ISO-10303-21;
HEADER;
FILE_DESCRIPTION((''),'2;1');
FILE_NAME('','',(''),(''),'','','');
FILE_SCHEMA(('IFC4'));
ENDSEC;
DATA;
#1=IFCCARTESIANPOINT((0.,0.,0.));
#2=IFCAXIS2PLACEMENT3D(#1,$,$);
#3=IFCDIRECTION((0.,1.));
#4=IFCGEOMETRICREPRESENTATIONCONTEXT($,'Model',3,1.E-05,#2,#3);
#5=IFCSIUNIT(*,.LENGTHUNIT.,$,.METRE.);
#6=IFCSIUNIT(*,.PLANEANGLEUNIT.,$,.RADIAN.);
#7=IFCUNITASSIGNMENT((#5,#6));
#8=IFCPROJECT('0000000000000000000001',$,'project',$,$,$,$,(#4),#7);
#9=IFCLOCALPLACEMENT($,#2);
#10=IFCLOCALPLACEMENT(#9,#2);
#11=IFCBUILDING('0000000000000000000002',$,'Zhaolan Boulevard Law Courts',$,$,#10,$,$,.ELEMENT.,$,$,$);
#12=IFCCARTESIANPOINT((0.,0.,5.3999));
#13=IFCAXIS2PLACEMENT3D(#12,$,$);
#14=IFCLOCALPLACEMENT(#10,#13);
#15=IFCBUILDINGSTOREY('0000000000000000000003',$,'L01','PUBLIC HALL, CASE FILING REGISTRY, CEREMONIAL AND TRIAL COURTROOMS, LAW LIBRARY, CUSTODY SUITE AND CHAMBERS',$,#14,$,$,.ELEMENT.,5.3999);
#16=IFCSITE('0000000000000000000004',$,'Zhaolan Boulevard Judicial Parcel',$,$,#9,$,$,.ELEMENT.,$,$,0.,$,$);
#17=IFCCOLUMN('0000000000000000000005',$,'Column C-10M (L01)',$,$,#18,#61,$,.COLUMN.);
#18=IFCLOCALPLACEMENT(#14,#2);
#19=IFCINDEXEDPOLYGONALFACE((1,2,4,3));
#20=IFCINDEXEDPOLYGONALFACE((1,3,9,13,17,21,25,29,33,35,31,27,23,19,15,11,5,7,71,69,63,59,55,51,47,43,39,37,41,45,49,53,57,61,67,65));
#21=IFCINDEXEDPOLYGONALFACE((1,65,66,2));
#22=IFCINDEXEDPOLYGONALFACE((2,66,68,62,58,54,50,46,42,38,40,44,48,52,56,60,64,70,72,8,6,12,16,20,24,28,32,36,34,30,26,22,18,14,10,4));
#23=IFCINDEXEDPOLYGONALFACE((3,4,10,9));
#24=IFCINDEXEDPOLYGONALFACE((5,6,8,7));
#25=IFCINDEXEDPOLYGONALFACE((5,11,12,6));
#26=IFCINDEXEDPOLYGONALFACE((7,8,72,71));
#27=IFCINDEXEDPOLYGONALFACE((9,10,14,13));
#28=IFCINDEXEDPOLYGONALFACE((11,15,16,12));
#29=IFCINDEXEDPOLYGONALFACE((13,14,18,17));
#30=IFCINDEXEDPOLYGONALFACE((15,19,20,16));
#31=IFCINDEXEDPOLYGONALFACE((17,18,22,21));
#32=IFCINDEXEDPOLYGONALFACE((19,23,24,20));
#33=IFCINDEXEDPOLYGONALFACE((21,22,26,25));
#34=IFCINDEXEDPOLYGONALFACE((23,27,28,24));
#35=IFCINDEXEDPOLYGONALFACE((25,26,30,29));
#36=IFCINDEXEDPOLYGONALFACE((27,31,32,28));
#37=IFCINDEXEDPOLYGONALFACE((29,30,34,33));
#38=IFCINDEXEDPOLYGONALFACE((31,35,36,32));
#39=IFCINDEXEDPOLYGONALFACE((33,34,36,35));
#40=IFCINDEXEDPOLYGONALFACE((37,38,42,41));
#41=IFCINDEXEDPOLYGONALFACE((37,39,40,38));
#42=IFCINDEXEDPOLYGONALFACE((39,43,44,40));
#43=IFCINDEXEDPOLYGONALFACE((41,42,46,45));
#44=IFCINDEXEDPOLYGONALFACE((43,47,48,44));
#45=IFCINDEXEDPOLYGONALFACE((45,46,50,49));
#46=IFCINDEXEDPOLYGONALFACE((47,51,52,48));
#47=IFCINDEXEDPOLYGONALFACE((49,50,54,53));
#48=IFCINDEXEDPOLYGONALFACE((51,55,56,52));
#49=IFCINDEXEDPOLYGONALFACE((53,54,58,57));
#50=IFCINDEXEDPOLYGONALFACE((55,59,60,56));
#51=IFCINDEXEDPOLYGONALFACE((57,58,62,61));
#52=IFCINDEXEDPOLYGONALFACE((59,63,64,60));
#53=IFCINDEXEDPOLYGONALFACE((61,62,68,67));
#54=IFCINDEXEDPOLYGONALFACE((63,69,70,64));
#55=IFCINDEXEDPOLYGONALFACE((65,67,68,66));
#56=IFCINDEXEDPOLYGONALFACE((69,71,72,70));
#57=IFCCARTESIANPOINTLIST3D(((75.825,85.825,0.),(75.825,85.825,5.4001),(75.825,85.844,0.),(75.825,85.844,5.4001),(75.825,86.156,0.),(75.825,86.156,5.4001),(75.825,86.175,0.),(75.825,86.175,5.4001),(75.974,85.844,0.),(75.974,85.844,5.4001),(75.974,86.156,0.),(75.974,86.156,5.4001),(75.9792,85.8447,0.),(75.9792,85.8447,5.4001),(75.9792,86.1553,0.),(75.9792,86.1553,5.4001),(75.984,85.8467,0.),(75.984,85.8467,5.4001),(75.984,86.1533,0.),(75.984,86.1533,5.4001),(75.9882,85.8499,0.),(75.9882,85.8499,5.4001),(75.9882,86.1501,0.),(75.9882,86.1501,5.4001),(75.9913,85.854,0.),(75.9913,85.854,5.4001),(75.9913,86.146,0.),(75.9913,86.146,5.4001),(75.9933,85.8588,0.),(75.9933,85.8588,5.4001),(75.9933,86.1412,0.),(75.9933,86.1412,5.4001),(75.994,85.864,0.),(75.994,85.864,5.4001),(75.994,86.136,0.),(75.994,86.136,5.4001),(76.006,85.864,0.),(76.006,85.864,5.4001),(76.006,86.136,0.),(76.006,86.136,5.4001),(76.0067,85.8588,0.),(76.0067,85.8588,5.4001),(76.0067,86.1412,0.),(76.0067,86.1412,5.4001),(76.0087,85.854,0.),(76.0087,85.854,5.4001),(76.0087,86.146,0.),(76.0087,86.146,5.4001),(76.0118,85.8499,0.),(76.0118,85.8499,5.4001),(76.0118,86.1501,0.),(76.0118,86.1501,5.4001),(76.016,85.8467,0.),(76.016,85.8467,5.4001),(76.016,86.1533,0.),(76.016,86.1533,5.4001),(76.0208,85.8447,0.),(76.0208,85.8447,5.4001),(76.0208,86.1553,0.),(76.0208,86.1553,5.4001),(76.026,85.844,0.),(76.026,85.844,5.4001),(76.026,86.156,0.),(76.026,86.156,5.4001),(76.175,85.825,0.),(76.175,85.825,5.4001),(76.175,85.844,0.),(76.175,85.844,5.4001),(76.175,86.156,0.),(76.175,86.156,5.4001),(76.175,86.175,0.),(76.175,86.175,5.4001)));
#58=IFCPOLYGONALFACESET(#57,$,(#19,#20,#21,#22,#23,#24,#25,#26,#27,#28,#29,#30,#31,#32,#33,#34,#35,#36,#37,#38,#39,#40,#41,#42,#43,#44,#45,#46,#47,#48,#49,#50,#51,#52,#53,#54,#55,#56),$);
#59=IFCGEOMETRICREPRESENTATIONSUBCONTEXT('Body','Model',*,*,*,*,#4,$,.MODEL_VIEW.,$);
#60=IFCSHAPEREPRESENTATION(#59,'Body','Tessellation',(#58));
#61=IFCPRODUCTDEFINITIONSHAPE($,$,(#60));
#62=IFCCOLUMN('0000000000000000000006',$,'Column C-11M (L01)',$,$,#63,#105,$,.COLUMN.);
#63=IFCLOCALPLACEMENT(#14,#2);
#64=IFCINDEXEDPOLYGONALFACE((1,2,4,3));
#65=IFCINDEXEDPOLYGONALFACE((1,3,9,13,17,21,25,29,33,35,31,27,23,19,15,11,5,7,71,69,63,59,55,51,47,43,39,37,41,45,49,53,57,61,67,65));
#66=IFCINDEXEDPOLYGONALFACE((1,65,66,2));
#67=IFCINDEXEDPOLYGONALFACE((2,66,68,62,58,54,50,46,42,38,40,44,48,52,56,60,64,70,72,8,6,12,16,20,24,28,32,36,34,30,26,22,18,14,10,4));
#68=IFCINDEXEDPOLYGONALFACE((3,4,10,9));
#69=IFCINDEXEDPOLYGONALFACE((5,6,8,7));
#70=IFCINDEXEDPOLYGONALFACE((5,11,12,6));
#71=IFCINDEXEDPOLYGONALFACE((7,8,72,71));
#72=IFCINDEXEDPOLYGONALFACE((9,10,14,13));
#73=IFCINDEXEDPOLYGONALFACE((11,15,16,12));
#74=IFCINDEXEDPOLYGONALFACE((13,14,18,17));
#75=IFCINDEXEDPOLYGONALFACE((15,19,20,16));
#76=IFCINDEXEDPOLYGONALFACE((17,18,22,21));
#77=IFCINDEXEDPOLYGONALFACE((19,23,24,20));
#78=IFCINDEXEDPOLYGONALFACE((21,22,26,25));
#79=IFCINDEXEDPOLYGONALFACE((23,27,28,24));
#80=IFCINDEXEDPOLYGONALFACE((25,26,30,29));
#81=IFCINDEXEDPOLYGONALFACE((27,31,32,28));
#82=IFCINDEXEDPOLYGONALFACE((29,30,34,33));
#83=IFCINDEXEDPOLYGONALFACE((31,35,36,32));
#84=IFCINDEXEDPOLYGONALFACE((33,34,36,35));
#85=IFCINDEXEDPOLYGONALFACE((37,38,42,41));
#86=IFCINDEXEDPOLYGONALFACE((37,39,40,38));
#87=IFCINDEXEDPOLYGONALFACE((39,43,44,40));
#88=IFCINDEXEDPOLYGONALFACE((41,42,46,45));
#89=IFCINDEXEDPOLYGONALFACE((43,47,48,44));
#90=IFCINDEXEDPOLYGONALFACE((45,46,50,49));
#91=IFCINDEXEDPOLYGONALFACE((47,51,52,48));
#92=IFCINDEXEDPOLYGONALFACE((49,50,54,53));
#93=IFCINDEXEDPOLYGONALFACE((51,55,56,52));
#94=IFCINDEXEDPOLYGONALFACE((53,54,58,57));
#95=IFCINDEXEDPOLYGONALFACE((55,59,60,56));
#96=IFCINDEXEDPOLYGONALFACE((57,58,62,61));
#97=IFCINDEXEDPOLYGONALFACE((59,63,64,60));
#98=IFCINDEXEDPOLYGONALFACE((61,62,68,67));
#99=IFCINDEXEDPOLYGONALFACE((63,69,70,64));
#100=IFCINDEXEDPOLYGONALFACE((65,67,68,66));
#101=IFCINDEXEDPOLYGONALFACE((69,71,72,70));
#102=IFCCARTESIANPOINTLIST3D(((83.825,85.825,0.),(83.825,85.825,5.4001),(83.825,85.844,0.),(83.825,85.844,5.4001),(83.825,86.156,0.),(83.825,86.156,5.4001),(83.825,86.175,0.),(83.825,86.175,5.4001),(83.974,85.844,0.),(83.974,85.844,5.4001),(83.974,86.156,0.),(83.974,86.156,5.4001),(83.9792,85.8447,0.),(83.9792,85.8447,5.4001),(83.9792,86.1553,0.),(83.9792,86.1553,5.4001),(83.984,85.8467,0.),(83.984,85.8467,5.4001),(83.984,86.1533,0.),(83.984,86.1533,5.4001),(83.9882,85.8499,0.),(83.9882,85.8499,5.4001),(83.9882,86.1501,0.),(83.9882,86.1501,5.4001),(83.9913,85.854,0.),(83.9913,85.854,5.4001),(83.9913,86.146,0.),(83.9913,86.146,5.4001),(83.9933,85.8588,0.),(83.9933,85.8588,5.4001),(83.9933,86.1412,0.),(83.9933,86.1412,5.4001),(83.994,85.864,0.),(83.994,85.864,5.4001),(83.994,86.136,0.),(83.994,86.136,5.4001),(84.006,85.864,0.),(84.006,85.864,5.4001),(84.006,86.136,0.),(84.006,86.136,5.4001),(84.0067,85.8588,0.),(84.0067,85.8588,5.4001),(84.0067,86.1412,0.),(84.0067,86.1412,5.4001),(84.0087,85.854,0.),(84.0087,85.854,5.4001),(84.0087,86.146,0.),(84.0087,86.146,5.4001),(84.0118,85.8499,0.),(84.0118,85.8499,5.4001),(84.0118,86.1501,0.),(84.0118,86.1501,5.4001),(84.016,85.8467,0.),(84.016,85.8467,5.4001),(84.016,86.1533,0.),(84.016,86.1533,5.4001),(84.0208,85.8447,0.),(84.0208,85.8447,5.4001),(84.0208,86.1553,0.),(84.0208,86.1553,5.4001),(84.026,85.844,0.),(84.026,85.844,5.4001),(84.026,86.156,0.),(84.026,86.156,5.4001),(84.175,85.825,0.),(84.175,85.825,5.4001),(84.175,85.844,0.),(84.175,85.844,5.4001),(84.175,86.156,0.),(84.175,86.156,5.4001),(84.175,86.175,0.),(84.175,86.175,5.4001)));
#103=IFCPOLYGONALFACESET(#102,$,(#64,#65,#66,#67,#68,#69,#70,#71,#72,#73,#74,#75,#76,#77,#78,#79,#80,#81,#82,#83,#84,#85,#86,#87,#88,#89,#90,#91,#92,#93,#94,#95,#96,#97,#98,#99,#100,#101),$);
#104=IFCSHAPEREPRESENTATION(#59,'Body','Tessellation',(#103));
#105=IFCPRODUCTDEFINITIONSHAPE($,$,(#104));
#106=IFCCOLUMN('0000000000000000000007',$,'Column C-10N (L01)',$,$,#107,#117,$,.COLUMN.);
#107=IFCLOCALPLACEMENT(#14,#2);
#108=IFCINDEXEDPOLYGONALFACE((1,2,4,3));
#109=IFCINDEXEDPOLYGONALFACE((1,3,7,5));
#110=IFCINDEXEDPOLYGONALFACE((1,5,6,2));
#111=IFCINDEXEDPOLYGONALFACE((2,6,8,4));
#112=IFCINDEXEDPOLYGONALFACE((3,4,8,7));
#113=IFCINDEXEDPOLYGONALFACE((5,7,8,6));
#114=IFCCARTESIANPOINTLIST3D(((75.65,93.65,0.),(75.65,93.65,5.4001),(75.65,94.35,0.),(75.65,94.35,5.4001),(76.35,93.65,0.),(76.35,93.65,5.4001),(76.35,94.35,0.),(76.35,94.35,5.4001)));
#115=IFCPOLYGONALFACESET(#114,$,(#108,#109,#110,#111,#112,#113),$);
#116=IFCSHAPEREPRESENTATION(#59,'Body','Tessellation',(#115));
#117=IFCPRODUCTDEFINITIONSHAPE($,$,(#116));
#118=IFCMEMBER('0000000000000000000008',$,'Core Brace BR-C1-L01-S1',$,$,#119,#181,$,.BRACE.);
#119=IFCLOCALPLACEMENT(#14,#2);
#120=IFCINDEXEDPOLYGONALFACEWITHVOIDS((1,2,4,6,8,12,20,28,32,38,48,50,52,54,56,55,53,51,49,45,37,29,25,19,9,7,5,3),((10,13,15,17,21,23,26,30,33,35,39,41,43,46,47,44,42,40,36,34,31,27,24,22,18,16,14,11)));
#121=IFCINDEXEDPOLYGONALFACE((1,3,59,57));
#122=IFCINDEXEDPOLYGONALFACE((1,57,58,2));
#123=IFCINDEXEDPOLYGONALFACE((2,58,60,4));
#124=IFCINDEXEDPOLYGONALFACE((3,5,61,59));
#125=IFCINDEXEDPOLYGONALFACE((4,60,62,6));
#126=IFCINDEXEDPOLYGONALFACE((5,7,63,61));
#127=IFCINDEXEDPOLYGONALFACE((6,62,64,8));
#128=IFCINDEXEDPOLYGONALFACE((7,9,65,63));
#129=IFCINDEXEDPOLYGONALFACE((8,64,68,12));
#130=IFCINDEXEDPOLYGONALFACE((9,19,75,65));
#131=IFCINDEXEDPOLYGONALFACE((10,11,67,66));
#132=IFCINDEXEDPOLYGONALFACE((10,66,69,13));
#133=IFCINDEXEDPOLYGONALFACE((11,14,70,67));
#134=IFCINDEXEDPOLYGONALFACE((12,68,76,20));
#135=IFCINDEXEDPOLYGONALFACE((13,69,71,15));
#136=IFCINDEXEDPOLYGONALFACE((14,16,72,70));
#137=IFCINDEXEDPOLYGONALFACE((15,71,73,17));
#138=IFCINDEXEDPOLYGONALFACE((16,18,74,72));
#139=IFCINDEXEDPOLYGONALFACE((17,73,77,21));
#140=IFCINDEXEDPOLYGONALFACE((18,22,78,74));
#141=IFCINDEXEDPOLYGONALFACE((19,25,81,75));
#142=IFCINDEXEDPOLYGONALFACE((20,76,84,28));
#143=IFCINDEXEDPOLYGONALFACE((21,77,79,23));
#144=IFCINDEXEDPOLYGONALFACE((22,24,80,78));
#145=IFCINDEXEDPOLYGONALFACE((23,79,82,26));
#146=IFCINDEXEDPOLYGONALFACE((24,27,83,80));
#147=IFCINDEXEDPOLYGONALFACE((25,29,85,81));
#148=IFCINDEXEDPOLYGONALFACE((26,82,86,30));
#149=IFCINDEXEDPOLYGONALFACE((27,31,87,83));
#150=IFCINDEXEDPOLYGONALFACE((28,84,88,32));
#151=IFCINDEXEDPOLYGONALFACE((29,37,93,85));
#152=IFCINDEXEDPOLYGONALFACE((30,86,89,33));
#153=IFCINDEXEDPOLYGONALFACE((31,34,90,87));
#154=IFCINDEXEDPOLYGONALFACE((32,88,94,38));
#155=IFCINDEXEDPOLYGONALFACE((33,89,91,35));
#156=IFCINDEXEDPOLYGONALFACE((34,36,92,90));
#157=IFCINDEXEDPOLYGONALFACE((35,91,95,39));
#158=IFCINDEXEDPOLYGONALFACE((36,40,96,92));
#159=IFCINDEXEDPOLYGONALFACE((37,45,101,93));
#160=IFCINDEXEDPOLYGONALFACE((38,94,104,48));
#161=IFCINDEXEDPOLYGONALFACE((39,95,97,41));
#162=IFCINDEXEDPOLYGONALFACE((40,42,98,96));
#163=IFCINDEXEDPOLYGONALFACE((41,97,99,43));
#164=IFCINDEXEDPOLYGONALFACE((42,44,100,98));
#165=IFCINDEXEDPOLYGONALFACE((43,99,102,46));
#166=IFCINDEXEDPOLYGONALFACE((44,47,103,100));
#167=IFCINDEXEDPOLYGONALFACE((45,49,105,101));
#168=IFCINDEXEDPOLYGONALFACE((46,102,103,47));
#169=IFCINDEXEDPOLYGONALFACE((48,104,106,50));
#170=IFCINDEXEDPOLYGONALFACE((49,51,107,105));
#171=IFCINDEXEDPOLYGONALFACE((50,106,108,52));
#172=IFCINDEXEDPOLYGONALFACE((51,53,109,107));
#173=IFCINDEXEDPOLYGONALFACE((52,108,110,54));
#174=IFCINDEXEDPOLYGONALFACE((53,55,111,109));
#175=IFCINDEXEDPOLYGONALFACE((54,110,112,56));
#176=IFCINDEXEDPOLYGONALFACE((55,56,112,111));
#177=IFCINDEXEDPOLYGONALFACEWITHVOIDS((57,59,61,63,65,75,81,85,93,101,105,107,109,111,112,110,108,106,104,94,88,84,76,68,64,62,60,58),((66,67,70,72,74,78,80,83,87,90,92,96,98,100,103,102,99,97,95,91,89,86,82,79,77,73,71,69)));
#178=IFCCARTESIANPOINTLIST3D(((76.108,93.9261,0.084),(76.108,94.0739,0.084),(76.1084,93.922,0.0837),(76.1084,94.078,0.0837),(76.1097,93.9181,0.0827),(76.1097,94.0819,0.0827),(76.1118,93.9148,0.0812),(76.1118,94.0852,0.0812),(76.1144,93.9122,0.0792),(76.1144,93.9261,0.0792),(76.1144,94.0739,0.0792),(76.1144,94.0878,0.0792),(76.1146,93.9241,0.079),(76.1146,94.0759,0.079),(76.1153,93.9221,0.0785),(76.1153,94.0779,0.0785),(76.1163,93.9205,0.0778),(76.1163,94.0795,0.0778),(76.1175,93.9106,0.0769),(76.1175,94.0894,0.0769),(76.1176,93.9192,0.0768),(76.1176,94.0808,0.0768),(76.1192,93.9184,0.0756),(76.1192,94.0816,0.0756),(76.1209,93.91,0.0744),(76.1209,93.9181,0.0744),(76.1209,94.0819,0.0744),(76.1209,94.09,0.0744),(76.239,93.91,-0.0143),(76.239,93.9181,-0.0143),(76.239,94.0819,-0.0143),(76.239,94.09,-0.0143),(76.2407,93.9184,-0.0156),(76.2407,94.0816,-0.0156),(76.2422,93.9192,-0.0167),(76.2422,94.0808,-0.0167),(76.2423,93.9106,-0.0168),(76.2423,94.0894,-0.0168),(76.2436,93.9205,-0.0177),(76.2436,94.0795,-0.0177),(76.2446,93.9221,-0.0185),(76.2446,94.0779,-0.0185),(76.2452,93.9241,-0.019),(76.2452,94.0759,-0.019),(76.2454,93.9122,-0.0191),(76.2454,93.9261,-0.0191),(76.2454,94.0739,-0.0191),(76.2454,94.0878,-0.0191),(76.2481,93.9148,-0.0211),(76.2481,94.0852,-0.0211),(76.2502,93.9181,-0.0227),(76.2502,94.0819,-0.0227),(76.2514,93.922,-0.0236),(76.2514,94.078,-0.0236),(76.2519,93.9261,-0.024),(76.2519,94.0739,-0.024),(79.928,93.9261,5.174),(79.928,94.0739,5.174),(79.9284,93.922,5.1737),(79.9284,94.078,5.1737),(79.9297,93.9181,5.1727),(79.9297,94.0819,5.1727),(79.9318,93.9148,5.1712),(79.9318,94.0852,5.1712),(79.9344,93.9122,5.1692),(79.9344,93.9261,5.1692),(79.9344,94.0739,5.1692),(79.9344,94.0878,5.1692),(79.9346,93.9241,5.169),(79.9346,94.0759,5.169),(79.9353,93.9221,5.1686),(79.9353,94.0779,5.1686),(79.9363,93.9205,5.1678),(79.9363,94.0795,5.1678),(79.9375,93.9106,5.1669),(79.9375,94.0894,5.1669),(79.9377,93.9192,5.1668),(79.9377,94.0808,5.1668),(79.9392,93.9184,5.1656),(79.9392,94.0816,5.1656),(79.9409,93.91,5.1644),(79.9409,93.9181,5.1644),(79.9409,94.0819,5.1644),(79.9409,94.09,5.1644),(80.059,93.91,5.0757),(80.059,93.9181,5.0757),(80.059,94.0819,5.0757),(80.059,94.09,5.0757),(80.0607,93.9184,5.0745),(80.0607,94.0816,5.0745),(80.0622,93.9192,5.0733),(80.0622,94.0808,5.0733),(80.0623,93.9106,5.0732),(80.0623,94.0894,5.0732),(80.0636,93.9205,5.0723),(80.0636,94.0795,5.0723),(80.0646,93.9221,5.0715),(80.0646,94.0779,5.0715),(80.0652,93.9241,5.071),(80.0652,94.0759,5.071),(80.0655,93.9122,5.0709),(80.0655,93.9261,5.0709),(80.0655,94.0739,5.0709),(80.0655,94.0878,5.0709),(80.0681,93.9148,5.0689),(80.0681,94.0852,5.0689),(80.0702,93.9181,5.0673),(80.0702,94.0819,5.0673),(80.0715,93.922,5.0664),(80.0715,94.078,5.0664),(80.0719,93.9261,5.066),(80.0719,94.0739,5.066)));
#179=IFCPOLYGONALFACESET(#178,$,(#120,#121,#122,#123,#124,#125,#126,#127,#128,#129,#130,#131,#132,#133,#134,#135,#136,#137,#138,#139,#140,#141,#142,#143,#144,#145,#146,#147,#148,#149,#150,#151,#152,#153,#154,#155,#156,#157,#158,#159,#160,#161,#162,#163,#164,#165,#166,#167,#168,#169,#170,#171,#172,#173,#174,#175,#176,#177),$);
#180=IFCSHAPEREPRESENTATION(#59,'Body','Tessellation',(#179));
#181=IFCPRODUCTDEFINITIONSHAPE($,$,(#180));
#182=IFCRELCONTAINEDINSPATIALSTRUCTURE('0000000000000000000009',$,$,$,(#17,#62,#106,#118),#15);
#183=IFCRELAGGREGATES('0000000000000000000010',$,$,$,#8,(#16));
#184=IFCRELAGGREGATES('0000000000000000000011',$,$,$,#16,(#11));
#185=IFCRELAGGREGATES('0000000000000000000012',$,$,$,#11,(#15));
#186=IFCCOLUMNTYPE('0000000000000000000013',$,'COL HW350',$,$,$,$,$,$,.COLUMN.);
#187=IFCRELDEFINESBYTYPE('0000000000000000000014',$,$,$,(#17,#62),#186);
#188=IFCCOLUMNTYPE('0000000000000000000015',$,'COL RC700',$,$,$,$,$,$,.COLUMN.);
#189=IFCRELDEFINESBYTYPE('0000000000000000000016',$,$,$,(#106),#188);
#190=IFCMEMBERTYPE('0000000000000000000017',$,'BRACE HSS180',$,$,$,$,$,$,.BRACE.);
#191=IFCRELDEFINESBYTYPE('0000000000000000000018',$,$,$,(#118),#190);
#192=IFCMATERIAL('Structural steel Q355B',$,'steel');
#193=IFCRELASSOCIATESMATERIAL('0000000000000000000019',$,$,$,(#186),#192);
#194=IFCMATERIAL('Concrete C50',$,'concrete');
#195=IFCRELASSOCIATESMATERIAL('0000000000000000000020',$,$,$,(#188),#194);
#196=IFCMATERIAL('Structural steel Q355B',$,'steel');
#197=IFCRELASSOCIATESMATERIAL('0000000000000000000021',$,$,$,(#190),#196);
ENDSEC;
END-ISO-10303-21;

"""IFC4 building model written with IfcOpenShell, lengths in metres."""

from ifc_helpers import new_model, si_unit, direction, frame, origin, origin_2d, place, context, subcontext, project, spatial, rectangle, hollow_rectangle, i_section, extrude, material, material_profile, profile_set, type_object, element, save


model = new_model("IFC4")

# Units and contexts
model_context = context("Model", 3, precision=1e-05, world=origin(), true_north=direction((0.0, 1.0)))
body_context = subcontext(model_context, "Body", "Model", "MODEL_VIEW")
ifc_project = project(units=[si_unit("LENGTHUNIT", "METRE"), si_unit("PLANEANGLEUNIT", "RADIAN")], contexts=[model_context])

# Site, building, storey
site_placement = place(None, origin())
site = spatial("IfcSite", under=ifc_project, at=site_placement, Name="Zhaolan Boulevard Judicial Parcel", CompositionType="ELEMENT", RefElevation=0.0)
building_placement = place(site_placement, origin())
building = spatial("IfcBuilding", under=site, at=building_placement, Name="Zhaolan Boulevard Law Courts", CompositionType="ELEMENT")
storey_placement = place(building_placement, frame((0.0, 0.0, 5.3999)))
storey = spatial("IfcBuildingStorey", under=building, at=storey_placement, Name="L01", Description="PUBLIC HALL, CASE FILING REGISTRY, CEREMONIAL AND TRIAL COURTROOMS, LAW LIBRARY, CUSTODY SUITE AND CHAMBERS", CompositionType="ELEMENT", Elevation=5.3999)

# Columns
ifc_material_1 = material(Name="Structural steel Q355B", Category="steel")
ifc_material_profile_1 = material_profile(ifc_material_1, i_section(OverallWidth=0.3501, OverallDepth=0.3501, WebThickness=0.012, FlangeThickness=0.019, FilletRadius=0.02, at=origin_2d()), Name="HW350x350")
ifc_profile_set_1 = profile_set([ifc_material_profile_1], Name="Structural steel Q355B")
column_type_1 = type_object("IfcColumnType", Name="COL HW350", PredefinedType="COLUMN", material=ifc_profile_set_1)
for number, where, z_axis, x_axis, name in (
    (1, (76.0, 86.0, 0.0), (0.0, 0.0, 1.0), (1.0, 0.0, 0.0), "Column C-10M (L01)"),
    (2, (84.0, 86.0, 0.0), (0.0, 0.0, 1.0), (1.0, 0.0, 0.0), "Column C-11M (L01)"),
):
    element("IfcColumn", number, at=place(storey_placement, frame(where, z_axis=z_axis, x_axis=x_axis)), inside=storey, type_object=column_type_1, Name=name, PredefinedType="COLUMN", context=body_context, shape_type="SweptSolid", body=[
        extrude(i_section(OverallWidth=0.3501, OverallDepth=0.3501, WebThickness=0.012, FlangeThickness=0.019, FilletRadius=0.02, at=origin_2d()), origin(), (0.0, 0.0, 1.0), 5.4001),
    ])
ifc_material_2 = material(Name="Concrete C50", Category="concrete")
ifc_material_profile_2 = material_profile(ifc_material_2, rectangle(XDim=0.7, YDim=0.7, at=origin_2d()), Name="RC700x700")
ifc_profile_set_2 = profile_set([ifc_material_profile_2], Name="Concrete C50")
column_type_2 = type_object("IfcColumnType", Name="COL RC700", PredefinedType="COLUMN", material=ifc_profile_set_2)
column_placement = place(storey_placement, frame((76.0, 94.0, 0.0), z_axis=(0.0, 0.0, 1.0), x_axis=(1.0, 0.0, 0.0)))
element("IfcColumn", 3, at=column_placement, inside=storey, type_object=column_type_2, Name="Column C-10N (L01)", PredefinedType="COLUMN", context=body_context, shape_type="SweptSolid", body=[
    extrude(rectangle(XDim=0.7, YDim=0.7, at=origin_2d()), origin(), (0.0, 0.0, 1.0), 5.4001),
])

# Member
ifc_material_3 = material(Name="Structural steel Q355B", Category="steel")
ifc_material_profile_3 = material_profile(ifc_material_3, hollow_rectangle(XDim=0.1799, YDim=0.1799, WallThickness=0.0081, InnerFilletRadius=0.0081, OuterFilletRadius=0.0161, at=origin_2d()), Name="HSS180x180x8")
ifc_profile_set_3 = profile_set([ifc_material_profile_3], Name="Structural steel Q355B")
member_type = type_object("IfcMemberType", Name="BRACE HSS180", PredefinedType="BRACE", material=ifc_profile_set_3)
member_placement = place(storey_placement, frame((76.1799, 94.0, 0.03), z_axis=(0.600252, 0.0, 0.799811), x_axis=(0.0, 1.0, 0.0)))
element("IfcMember", 4, at=member_placement, inside=storey, type_object=member_type, Name="Core Brace BR-C1-L01-S1", PredefinedType="BRACE", context=body_context, shape_type="SweptSolid", body=[
    extrude(hollow_rectangle(XDim=0.1799, YDim=0.1799, WallThickness=0.0081, InnerFilletRadius=0.0081, OuterFilletRadius=0.0161, at=origin_2d()), origin(), (0.0, 0.0, 1.0), 6.364),
])

save(model, "model.ifc")
